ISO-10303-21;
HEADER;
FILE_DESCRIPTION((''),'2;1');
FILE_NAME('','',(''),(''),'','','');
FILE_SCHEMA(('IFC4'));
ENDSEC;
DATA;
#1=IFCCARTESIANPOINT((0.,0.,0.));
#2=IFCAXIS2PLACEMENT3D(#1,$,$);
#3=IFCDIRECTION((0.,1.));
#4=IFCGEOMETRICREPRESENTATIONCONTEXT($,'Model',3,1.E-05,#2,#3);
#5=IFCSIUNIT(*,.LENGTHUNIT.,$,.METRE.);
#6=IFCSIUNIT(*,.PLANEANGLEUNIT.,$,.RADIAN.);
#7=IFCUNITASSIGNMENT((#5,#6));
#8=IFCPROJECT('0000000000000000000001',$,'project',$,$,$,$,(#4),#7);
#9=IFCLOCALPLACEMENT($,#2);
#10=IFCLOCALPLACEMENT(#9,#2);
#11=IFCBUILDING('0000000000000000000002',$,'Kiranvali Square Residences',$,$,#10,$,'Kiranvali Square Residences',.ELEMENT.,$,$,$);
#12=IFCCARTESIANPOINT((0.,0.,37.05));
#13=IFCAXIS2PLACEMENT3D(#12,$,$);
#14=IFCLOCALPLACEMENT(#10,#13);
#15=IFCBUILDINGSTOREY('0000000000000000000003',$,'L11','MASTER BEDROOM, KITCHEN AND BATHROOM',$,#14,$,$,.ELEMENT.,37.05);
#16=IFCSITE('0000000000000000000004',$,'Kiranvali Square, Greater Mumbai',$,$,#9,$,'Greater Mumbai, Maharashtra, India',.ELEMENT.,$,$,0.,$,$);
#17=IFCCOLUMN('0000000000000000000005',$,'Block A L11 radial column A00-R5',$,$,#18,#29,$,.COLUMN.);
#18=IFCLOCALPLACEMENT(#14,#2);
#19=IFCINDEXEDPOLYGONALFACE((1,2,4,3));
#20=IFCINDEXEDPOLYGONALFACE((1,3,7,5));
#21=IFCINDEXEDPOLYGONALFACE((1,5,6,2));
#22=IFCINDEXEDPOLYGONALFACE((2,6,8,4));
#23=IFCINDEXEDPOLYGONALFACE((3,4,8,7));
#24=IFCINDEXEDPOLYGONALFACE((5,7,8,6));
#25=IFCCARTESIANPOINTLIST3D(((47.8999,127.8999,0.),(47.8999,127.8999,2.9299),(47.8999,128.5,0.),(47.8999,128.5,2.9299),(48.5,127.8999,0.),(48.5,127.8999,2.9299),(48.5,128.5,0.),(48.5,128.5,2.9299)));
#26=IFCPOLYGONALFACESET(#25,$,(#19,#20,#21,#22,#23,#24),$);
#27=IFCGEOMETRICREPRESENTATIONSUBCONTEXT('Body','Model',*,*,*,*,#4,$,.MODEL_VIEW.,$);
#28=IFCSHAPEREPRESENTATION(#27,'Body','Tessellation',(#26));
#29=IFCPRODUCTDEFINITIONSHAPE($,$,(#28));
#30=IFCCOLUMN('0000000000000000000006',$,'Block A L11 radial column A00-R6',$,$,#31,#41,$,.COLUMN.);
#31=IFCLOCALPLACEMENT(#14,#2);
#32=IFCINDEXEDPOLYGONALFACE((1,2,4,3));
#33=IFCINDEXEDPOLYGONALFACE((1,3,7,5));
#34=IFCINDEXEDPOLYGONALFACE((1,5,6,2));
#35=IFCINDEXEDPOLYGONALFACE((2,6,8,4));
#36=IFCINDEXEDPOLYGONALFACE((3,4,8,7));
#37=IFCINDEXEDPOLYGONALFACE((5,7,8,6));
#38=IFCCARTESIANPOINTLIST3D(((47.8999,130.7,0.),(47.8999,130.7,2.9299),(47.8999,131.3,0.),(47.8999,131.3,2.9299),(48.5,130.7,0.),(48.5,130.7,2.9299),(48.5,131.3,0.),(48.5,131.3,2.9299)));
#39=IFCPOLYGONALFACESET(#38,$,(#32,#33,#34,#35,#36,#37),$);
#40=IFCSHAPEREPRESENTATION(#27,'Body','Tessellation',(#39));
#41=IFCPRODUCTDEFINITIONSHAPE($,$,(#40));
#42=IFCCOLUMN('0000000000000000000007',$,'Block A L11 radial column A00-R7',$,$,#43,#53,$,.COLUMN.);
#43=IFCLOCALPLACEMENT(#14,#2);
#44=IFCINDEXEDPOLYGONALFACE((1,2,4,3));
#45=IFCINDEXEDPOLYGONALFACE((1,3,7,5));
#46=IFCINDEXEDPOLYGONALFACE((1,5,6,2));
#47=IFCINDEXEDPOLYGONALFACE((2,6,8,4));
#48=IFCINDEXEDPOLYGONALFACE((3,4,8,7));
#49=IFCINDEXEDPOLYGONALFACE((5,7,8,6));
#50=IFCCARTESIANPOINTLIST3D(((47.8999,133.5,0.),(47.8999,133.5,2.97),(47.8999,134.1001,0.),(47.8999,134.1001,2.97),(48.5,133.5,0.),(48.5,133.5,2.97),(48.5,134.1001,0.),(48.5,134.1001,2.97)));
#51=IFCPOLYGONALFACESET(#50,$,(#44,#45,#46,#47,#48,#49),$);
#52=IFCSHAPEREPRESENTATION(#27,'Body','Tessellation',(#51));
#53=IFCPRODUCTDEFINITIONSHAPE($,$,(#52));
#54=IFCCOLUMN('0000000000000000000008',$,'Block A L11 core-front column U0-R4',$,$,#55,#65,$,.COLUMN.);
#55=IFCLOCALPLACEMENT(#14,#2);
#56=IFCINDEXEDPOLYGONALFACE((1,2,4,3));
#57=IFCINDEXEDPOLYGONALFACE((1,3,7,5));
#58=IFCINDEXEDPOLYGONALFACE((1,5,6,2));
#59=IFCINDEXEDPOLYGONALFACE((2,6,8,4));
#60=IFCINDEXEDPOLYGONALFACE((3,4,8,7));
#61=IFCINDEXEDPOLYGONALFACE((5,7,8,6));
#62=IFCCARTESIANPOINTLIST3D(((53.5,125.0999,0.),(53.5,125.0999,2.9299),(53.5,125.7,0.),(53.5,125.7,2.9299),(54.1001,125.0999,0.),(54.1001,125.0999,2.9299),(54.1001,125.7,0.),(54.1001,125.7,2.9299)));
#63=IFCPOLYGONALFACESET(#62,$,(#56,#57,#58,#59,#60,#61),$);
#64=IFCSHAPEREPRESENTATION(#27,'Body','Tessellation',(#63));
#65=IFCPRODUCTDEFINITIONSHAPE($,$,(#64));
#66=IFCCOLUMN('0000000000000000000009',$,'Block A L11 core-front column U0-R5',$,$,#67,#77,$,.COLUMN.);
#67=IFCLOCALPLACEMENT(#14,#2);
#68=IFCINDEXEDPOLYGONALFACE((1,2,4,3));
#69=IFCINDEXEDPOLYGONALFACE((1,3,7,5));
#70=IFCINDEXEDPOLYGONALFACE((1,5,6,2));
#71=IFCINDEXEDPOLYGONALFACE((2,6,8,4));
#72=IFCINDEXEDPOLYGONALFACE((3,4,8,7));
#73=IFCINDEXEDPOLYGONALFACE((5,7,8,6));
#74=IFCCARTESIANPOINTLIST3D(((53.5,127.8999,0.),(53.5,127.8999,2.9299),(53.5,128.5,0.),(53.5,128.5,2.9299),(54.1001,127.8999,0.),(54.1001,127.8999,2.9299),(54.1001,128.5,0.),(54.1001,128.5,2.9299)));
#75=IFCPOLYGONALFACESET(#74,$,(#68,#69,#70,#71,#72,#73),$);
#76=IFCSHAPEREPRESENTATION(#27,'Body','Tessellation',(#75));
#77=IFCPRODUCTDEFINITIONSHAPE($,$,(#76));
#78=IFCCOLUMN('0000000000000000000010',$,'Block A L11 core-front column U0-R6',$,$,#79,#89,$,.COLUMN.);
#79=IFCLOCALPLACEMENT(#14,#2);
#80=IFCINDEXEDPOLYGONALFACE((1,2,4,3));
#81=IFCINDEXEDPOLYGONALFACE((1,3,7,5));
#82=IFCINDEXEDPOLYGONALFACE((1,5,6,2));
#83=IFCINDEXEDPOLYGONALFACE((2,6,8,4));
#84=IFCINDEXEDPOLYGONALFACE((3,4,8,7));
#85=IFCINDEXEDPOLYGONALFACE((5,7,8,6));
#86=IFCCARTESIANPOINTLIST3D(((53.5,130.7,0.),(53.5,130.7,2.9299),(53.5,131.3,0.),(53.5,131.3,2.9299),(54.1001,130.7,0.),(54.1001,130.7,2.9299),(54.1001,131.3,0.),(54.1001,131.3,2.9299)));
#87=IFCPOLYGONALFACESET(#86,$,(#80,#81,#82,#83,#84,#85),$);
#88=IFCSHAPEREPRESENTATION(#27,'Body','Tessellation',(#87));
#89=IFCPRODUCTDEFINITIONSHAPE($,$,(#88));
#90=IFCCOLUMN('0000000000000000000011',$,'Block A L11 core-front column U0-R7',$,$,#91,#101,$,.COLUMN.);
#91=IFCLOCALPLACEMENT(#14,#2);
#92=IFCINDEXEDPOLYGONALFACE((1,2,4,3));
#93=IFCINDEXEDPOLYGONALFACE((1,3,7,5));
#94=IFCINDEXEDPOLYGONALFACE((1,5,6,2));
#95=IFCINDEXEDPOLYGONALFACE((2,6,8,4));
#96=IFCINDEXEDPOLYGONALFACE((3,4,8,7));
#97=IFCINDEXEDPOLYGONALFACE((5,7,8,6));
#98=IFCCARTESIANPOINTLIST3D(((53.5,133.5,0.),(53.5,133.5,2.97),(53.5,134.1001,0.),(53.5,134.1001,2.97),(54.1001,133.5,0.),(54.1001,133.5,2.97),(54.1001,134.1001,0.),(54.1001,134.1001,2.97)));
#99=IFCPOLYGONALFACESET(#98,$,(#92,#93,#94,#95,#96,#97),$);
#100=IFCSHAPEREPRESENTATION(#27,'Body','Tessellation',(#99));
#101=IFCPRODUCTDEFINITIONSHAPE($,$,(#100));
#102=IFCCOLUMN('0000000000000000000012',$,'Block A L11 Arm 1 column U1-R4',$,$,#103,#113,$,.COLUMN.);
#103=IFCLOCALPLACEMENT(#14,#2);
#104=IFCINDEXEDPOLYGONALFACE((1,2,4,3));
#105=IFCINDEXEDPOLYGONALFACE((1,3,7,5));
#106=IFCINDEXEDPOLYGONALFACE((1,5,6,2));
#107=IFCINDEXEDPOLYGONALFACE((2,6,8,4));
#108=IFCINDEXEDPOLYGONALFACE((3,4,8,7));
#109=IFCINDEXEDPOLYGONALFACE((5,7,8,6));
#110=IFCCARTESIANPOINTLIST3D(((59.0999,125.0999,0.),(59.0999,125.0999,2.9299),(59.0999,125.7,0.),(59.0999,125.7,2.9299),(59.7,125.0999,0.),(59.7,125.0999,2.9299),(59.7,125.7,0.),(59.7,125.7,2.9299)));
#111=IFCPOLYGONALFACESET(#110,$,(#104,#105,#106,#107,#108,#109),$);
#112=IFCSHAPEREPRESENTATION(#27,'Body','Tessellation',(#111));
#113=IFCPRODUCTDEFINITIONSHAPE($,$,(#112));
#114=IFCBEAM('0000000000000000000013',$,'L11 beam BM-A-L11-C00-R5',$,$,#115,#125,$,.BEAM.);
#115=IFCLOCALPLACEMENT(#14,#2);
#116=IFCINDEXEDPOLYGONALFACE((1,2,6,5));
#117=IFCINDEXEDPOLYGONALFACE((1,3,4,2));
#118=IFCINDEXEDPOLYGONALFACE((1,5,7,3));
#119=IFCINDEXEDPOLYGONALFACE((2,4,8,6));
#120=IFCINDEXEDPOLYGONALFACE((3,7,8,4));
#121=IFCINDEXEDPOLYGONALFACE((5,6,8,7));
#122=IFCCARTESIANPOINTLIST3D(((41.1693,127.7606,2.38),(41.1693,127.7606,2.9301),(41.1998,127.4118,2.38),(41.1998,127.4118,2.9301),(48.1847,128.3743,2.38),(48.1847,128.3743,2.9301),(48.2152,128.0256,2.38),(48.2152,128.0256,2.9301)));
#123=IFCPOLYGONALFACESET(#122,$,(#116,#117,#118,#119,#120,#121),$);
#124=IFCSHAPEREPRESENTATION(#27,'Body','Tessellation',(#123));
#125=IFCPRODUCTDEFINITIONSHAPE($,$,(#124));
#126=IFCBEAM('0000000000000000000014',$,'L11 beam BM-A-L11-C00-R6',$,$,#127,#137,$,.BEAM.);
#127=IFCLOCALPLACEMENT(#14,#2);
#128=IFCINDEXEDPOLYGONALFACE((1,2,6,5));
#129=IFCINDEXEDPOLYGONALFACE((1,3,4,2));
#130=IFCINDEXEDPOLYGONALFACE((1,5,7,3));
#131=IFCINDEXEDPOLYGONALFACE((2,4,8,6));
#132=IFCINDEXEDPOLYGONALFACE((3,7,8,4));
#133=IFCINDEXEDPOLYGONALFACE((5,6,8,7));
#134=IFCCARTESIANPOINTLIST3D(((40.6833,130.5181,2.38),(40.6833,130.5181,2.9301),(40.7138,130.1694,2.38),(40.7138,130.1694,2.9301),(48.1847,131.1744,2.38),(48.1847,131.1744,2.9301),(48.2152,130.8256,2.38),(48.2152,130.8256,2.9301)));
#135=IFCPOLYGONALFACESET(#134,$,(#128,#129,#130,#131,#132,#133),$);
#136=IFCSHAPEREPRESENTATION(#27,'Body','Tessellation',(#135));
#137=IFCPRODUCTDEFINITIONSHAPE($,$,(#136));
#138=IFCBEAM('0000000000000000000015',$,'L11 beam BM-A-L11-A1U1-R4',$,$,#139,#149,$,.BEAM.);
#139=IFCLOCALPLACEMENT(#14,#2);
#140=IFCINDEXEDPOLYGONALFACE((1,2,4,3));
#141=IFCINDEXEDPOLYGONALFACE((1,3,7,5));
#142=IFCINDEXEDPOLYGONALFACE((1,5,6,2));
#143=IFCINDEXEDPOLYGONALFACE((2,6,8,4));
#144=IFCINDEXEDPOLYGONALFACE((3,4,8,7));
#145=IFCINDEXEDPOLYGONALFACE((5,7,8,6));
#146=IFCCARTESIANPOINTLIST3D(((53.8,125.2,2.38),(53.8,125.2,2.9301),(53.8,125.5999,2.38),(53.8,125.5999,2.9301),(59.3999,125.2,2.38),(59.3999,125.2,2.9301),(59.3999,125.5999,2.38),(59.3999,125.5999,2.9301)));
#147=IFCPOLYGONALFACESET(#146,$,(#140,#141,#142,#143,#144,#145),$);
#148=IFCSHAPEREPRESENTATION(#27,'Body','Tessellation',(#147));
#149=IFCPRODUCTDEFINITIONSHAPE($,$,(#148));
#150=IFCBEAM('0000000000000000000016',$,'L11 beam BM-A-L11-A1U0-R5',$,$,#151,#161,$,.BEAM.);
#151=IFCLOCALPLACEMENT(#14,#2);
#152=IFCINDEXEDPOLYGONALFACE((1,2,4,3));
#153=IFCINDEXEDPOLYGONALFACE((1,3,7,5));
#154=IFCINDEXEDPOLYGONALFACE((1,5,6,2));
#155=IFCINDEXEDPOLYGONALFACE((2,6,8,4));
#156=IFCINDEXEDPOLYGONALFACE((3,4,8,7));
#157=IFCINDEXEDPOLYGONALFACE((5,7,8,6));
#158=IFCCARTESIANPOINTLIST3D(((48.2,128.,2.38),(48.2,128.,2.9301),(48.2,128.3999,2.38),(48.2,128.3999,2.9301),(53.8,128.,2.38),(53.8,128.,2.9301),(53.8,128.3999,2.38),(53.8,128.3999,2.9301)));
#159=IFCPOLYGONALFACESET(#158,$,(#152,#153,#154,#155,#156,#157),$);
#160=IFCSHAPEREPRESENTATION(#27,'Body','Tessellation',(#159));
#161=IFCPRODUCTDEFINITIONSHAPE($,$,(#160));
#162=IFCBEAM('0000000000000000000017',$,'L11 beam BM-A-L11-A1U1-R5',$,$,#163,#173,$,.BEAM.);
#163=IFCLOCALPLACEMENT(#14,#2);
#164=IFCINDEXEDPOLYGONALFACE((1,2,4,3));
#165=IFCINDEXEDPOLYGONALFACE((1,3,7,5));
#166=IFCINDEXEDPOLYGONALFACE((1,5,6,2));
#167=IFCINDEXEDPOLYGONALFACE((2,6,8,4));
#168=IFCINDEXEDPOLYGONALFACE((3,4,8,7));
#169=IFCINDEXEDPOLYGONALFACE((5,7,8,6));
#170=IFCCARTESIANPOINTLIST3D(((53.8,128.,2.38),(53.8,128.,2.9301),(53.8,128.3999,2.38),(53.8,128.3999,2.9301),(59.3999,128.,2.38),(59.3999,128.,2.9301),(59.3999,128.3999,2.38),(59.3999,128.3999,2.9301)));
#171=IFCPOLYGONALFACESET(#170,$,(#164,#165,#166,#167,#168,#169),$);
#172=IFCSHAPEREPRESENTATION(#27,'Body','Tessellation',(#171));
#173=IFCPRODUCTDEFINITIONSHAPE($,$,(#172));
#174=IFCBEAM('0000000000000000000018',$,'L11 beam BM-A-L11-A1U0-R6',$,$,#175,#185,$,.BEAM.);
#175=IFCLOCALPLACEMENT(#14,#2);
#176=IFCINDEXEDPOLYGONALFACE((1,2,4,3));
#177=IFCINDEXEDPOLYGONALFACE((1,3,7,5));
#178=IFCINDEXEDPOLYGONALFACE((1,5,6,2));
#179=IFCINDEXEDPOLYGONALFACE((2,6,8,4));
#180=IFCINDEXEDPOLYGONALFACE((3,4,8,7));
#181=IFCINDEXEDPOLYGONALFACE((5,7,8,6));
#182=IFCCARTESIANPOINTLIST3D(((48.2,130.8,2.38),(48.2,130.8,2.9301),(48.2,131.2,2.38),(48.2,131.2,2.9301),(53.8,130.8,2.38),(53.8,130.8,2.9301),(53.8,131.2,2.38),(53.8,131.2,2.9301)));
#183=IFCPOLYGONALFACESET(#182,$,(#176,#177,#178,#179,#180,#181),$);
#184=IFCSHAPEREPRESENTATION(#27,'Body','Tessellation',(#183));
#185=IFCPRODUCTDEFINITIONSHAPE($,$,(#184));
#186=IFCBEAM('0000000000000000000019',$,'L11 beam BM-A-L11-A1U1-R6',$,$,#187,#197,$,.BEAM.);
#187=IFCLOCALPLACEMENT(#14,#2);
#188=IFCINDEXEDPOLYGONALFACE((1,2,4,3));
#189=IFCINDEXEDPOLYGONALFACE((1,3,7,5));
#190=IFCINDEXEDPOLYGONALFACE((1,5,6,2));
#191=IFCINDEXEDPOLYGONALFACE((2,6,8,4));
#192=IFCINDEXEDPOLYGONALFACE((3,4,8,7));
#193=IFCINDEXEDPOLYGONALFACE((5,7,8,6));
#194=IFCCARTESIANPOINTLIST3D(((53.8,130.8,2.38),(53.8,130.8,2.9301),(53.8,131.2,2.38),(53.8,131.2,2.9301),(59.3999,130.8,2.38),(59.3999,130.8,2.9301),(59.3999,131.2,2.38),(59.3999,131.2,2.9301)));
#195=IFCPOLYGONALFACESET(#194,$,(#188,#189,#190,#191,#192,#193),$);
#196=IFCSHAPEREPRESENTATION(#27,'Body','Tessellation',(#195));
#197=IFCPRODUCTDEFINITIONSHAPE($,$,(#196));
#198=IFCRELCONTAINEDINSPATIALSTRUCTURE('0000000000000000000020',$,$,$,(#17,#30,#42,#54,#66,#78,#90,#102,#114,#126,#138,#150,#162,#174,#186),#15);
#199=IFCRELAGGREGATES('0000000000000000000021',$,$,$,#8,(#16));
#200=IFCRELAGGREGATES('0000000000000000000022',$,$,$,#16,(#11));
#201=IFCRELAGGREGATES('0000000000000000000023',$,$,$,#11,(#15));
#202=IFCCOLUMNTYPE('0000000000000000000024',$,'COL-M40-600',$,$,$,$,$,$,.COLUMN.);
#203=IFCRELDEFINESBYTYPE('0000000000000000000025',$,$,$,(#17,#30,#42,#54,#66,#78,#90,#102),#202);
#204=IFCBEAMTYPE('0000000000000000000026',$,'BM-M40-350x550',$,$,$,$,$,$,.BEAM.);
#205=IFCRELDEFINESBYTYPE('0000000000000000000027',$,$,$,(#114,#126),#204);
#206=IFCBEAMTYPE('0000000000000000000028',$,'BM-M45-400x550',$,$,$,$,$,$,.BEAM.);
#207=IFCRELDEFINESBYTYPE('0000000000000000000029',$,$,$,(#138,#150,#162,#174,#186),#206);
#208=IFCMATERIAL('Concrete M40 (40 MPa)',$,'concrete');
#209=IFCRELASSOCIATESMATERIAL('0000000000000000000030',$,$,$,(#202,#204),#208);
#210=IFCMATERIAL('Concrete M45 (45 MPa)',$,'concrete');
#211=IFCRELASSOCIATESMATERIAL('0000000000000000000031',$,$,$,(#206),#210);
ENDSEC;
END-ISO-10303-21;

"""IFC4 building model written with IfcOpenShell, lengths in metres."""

from ifc_helpers import new_model, si_unit, direction, frame, origin, origin_2d, place, context, subcontext, project, spatial, rectangle, extrude, material, material_profile, profile_set, type_object, element, save


model = new_model("IFC4")

# Units and contexts
model_context = context("Model", 3, precision=1e-05, world=origin(), true_north=direction((0.0, 1.0)))
body_context = subcontext(model_context, "Body", "Model", "MODEL_VIEW")
ifc_project = project(units=[si_unit("LENGTHUNIT", "METRE"), si_unit("PLANEANGLEUNIT", "RADIAN")], contexts=[model_context])

# Site, building, storey
site_placement = place(None, origin())
site = spatial("IfcSite", under=ifc_project, at=site_placement, Name="Kiranvali Square, Greater Mumbai", LongName="Greater Mumbai, Maharashtra, India", CompositionType="ELEMENT", RefElevation=0.0)
building_placement = place(site_placement, origin())
building = spatial("IfcBuilding", under=site, at=building_placement, Name="Kiranvali Square Residences", LongName="Kiranvali Square Residences", CompositionType="ELEMENT")
storey_placement = place(building_placement, frame((0.0, 0.0, 37.05)))
storey = spatial("IfcBuildingStorey", under=building, at=storey_placement, Name="L11", Description="MASTER BEDROOM, KITCHEN AND BATHROOM", CompositionType="ELEMENT", Elevation=37.05)

# Columns
ifc_material_1 = material(Name="Concrete M40 (40 MPa)", Category="concrete")
ifc_material_profile_1 = material_profile(ifc_material_1, rectangle(XDim=0.6001, YDim=0.6001, at=origin_2d()), Name="RC 600x600")
ifc_profile_set_1 = profile_set([ifc_material_profile_1], Name="Concrete M40 (40 MPa)")
column_type = type_object("IfcColumnType", Name="COL-M40-600", PredefinedType="COLUMN", material=ifc_profile_set_1)
for number, where, z_axis, x_axis, name in (
    (1, (48.2, 128.2, 0.0), (0.0, 0.0, 1.0), (1.0, 0.0, 0.0), "Block A L11 radial column A00-R5"),
    (2, (48.2, 131.0, 0.0), (0.0, 0.0, 1.0), (1.0, 0.0, 0.0), "Block A L11 radial column A00-R6"),
):
    element("IfcColumn", number, at=place(storey_placement, frame(where, z_axis=z_axis, x_axis=x_axis)), inside=storey, type_object=column_type, Name=name, PredefinedType="COLUMN", context=body_context, shape_type="SweptSolid", body=[
        extrude(rectangle(XDim=0.6001, YDim=0.6001, at=origin_2d()), origin(), (0.0, 0.0, 1.0), 2.9299),
    ])
column_1_placement = place(storey_placement, frame((48.2, 133.8, 0.0), z_axis=(0.0, 0.0, 1.0), x_axis=(1.0, 0.0, 0.0)))
element("IfcColumn", 3, at=column_1_placement, inside=storey, type_object=column_type, Name="Block A L11 radial column A00-R7", PredefinedType="COLUMN", context=body_context, shape_type="SweptSolid", body=[
    extrude(rectangle(XDim=0.6001, YDim=0.6001, at=origin_2d()), origin(), (0.0, 0.0, 1.0), 2.97),
])
for number, where, z_axis, x_axis, name in (
    (4, (53.8, 125.3999, 0.0), (0.0, 0.0, 1.0), (1.0, 0.0, 0.0), "Block A L11 core-front column U0-R4"),
    (5, (53.8, 128.2, 0.0), (0.0, 0.0, 1.0), (1.0, 0.0, 0.0), "Block A L11 core-front column U0-R5"),
    (6, (53.8, 131.0, 0.0), (0.0, 0.0, 1.0), (1.0, 0.0, 0.0), "Block A L11 core-front column U0-R6"),
):
    element("IfcColumn", number, at=place(storey_placement, frame(where, z_axis=z_axis, x_axis=x_axis)), inside=storey, type_object=column_type, Name=name, PredefinedType="COLUMN", context=body_context, shape_type="SweptSolid", body=[
        extrude(rectangle(XDim=0.6001, YDim=0.6001, at=origin_2d()), origin(), (0.0, 0.0, 1.0), 2.9299),
    ])
column_2_placement = place(storey_placement, frame((53.8, 133.8, 0.0), z_axis=(0.0, 0.0, 1.0), x_axis=(1.0, 0.0, 0.0)))
element("IfcColumn", 7, at=column_2_placement, inside=storey, type_object=column_type, Name="Block A L11 core-front column U0-R7", PredefinedType="COLUMN", context=body_context, shape_type="SweptSolid", body=[
    extrude(rectangle(XDim=0.6001, YDim=0.6001, at=origin_2d()), origin(), (0.0, 0.0, 1.0), 2.97),
])
column_3_placement = place(storey_placement, frame((59.3999, 125.3999, 0.0), z_axis=(0.0, 0.0, 1.0), x_axis=(1.0, 0.0, 0.0)))
element("IfcColumn", 8, at=column_3_placement, inside=storey, type_object=column_type, Name="Block A L11 Arm 1 column U1-R4", PredefinedType="COLUMN", context=body_context, shape_type="SweptSolid", body=[
    extrude(rectangle(XDim=0.6001, YDim=0.6001, at=origin_2d()), origin(), (0.0, 0.0, 1.0), 2.9299),
])

# Beams
ifc_material_profile_2 = material_profile(ifc_material_1, rectangle(XDim=0.3501, YDim=0.55, at=origin_2d()), Name="RC 350x550")
ifc_profile_set_2 = profile_set([ifc_material_profile_2], Name="Concrete M40 (40 MPa)")
beam_type_1 = type_object("IfcBeamType", Name="BM-M40-350x550", PredefinedType="BEAM", material=ifc_profile_set_2)
beam_1_placement = place(storey_placement, frame((48.2, 128.2, 2.655), z_axis=(-0.996195, -0.087156, 0.0), x_axis=(0.087156, -0.996195, 0.0)))
element("IfcBeam", 9, at=beam_1_placement, inside=storey, type_object=beam_type_1, Name="L11 beam BM-A-L11-C00-R5", PredefinedType="BEAM", context=body_context, shape_type="SweptSolid", body=[
    extrude(rectangle(XDim=0.3501, YDim=0.55, at=origin_2d()), origin(), (0.0, 0.0, 1.0), 7.0422),
])
beam_2_placement = place(storey_placement, frame((48.2, 131.0, 2.655), z_axis=(-0.996195, -0.08715, 0.0), x_axis=(0.08715, -0.996195, 0.0)))
element("IfcBeam", 10, at=beam_2_placement, inside=storey, type_object=beam_type_1, Name="L11 beam BM-A-L11-C00-R6", PredefinedType="BEAM", context=body_context, shape_type="SweptSolid", body=[
    extrude(rectangle(XDim=0.3501, YDim=0.55, at=origin_2d()), origin(), (0.0, 0.0, 1.0), 7.53),
])
ifc_material_2 = material(Name="Concrete M45 (45 MPa)", Category="concrete")
ifc_material_profile_3 = material_profile(ifc_material_2, rectangle(XDim=0.3999, YDim=0.55, at=origin_2d()), Name="RC 400x550")
ifc_profile_set_3 = profile_set([ifc_material_profile_3], Name="Concrete M45 (45 MPa)")
beam_type_2 = type_object("IfcBeamType", Name="BM-M45-400x550", PredefinedType="BEAM", material=ifc_profile_set_3)
beam_3_placement = place(storey_placement, frame((53.8, 125.3999, 2.655), z_axis=(1.0, 0.0, 0.0), x_axis=(0.0, 1.0, 0.0)))
element("IfcBeam", 11, at=beam_3_placement, inside=storey, type_object=beam_type_2, Name="L11 beam BM-A-L11-A1U1-R4", PredefinedType="BEAM", context=body_context, shape_type="SweptSolid", body=[
    extrude(rectangle(XDim=0.3999, YDim=0.55, at=origin_2d()), origin(), (0.0, 0.0, 1.0), 5.5999),
])
beam_4_placement = place(storey_placement, frame((48.2, 128.2, 2.655), z_axis=(1.0, 0.0, 0.0), x_axis=(0.0, 1.0, 0.0)))
element("IfcBeam", 12, at=beam_4_placement, inside=storey, type_object=beam_type_2, Name="L11 beam BM-A-L11-A1U0-R5", PredefinedType="BEAM", context=body_context, shape_type="SweptSolid", body=[
    extrude(rectangle(XDim=0.3999, YDim=0.55, at=origin_2d()), origin(), (0.0, 0.0, 1.0), 5.6001),
])
beam_5_placement = place(storey_placement, frame((53.8, 128.2, 2.655), z_axis=(1.0, 0.0, 0.0), x_axis=(0.0, 1.0, 0.0)))
element("IfcBeam", 13, at=beam_5_placement, inside=storey, type_object=beam_type_2, Name="L11 beam BM-A-L11-A1U1-R5", PredefinedType="BEAM", context=body_context, shape_type="SweptSolid", body=[
    extrude(rectangle(XDim=0.3999, YDim=0.55, at=origin_2d()), origin(), (0.0, 0.0, 1.0), 5.5999),
])
beam_6_placement = place(storey_placement, frame((48.2, 131.0, 2.655), z_axis=(1.0, 0.0, 0.0), x_axis=(0.0, 1.0, 0.0)))
element("IfcBeam", 14, at=beam_6_placement, inside=storey, type_object=beam_type_2, Name="L11 beam BM-A-L11-A1U0-R6", PredefinedType="BEAM", context=body_context, shape_type="SweptSolid", body=[
    extrude(rectangle(XDim=0.3999, YDim=0.55, at=origin_2d()), origin(), (0.0, 0.0, 1.0), 5.6001),
])
beam_7_placement = place(storey_placement, frame((53.8, 131.0, 2.655), z_axis=(1.0, 0.0, 0.0), x_axis=(0.0, 1.0, 0.0)))
element("IfcBeam", 15, at=beam_7_placement, inside=storey, type_object=beam_type_2, Name="L11 beam BM-A-L11-A1U1-R6", PredefinedType="BEAM", context=body_context, shape_type="SweptSolid", body=[
    extrude(rectangle(XDim=0.3999, YDim=0.55, at=origin_2d()), origin(), (0.0, 0.0, 1.0), 5.5999),
])

save(model, "model.ifc")
